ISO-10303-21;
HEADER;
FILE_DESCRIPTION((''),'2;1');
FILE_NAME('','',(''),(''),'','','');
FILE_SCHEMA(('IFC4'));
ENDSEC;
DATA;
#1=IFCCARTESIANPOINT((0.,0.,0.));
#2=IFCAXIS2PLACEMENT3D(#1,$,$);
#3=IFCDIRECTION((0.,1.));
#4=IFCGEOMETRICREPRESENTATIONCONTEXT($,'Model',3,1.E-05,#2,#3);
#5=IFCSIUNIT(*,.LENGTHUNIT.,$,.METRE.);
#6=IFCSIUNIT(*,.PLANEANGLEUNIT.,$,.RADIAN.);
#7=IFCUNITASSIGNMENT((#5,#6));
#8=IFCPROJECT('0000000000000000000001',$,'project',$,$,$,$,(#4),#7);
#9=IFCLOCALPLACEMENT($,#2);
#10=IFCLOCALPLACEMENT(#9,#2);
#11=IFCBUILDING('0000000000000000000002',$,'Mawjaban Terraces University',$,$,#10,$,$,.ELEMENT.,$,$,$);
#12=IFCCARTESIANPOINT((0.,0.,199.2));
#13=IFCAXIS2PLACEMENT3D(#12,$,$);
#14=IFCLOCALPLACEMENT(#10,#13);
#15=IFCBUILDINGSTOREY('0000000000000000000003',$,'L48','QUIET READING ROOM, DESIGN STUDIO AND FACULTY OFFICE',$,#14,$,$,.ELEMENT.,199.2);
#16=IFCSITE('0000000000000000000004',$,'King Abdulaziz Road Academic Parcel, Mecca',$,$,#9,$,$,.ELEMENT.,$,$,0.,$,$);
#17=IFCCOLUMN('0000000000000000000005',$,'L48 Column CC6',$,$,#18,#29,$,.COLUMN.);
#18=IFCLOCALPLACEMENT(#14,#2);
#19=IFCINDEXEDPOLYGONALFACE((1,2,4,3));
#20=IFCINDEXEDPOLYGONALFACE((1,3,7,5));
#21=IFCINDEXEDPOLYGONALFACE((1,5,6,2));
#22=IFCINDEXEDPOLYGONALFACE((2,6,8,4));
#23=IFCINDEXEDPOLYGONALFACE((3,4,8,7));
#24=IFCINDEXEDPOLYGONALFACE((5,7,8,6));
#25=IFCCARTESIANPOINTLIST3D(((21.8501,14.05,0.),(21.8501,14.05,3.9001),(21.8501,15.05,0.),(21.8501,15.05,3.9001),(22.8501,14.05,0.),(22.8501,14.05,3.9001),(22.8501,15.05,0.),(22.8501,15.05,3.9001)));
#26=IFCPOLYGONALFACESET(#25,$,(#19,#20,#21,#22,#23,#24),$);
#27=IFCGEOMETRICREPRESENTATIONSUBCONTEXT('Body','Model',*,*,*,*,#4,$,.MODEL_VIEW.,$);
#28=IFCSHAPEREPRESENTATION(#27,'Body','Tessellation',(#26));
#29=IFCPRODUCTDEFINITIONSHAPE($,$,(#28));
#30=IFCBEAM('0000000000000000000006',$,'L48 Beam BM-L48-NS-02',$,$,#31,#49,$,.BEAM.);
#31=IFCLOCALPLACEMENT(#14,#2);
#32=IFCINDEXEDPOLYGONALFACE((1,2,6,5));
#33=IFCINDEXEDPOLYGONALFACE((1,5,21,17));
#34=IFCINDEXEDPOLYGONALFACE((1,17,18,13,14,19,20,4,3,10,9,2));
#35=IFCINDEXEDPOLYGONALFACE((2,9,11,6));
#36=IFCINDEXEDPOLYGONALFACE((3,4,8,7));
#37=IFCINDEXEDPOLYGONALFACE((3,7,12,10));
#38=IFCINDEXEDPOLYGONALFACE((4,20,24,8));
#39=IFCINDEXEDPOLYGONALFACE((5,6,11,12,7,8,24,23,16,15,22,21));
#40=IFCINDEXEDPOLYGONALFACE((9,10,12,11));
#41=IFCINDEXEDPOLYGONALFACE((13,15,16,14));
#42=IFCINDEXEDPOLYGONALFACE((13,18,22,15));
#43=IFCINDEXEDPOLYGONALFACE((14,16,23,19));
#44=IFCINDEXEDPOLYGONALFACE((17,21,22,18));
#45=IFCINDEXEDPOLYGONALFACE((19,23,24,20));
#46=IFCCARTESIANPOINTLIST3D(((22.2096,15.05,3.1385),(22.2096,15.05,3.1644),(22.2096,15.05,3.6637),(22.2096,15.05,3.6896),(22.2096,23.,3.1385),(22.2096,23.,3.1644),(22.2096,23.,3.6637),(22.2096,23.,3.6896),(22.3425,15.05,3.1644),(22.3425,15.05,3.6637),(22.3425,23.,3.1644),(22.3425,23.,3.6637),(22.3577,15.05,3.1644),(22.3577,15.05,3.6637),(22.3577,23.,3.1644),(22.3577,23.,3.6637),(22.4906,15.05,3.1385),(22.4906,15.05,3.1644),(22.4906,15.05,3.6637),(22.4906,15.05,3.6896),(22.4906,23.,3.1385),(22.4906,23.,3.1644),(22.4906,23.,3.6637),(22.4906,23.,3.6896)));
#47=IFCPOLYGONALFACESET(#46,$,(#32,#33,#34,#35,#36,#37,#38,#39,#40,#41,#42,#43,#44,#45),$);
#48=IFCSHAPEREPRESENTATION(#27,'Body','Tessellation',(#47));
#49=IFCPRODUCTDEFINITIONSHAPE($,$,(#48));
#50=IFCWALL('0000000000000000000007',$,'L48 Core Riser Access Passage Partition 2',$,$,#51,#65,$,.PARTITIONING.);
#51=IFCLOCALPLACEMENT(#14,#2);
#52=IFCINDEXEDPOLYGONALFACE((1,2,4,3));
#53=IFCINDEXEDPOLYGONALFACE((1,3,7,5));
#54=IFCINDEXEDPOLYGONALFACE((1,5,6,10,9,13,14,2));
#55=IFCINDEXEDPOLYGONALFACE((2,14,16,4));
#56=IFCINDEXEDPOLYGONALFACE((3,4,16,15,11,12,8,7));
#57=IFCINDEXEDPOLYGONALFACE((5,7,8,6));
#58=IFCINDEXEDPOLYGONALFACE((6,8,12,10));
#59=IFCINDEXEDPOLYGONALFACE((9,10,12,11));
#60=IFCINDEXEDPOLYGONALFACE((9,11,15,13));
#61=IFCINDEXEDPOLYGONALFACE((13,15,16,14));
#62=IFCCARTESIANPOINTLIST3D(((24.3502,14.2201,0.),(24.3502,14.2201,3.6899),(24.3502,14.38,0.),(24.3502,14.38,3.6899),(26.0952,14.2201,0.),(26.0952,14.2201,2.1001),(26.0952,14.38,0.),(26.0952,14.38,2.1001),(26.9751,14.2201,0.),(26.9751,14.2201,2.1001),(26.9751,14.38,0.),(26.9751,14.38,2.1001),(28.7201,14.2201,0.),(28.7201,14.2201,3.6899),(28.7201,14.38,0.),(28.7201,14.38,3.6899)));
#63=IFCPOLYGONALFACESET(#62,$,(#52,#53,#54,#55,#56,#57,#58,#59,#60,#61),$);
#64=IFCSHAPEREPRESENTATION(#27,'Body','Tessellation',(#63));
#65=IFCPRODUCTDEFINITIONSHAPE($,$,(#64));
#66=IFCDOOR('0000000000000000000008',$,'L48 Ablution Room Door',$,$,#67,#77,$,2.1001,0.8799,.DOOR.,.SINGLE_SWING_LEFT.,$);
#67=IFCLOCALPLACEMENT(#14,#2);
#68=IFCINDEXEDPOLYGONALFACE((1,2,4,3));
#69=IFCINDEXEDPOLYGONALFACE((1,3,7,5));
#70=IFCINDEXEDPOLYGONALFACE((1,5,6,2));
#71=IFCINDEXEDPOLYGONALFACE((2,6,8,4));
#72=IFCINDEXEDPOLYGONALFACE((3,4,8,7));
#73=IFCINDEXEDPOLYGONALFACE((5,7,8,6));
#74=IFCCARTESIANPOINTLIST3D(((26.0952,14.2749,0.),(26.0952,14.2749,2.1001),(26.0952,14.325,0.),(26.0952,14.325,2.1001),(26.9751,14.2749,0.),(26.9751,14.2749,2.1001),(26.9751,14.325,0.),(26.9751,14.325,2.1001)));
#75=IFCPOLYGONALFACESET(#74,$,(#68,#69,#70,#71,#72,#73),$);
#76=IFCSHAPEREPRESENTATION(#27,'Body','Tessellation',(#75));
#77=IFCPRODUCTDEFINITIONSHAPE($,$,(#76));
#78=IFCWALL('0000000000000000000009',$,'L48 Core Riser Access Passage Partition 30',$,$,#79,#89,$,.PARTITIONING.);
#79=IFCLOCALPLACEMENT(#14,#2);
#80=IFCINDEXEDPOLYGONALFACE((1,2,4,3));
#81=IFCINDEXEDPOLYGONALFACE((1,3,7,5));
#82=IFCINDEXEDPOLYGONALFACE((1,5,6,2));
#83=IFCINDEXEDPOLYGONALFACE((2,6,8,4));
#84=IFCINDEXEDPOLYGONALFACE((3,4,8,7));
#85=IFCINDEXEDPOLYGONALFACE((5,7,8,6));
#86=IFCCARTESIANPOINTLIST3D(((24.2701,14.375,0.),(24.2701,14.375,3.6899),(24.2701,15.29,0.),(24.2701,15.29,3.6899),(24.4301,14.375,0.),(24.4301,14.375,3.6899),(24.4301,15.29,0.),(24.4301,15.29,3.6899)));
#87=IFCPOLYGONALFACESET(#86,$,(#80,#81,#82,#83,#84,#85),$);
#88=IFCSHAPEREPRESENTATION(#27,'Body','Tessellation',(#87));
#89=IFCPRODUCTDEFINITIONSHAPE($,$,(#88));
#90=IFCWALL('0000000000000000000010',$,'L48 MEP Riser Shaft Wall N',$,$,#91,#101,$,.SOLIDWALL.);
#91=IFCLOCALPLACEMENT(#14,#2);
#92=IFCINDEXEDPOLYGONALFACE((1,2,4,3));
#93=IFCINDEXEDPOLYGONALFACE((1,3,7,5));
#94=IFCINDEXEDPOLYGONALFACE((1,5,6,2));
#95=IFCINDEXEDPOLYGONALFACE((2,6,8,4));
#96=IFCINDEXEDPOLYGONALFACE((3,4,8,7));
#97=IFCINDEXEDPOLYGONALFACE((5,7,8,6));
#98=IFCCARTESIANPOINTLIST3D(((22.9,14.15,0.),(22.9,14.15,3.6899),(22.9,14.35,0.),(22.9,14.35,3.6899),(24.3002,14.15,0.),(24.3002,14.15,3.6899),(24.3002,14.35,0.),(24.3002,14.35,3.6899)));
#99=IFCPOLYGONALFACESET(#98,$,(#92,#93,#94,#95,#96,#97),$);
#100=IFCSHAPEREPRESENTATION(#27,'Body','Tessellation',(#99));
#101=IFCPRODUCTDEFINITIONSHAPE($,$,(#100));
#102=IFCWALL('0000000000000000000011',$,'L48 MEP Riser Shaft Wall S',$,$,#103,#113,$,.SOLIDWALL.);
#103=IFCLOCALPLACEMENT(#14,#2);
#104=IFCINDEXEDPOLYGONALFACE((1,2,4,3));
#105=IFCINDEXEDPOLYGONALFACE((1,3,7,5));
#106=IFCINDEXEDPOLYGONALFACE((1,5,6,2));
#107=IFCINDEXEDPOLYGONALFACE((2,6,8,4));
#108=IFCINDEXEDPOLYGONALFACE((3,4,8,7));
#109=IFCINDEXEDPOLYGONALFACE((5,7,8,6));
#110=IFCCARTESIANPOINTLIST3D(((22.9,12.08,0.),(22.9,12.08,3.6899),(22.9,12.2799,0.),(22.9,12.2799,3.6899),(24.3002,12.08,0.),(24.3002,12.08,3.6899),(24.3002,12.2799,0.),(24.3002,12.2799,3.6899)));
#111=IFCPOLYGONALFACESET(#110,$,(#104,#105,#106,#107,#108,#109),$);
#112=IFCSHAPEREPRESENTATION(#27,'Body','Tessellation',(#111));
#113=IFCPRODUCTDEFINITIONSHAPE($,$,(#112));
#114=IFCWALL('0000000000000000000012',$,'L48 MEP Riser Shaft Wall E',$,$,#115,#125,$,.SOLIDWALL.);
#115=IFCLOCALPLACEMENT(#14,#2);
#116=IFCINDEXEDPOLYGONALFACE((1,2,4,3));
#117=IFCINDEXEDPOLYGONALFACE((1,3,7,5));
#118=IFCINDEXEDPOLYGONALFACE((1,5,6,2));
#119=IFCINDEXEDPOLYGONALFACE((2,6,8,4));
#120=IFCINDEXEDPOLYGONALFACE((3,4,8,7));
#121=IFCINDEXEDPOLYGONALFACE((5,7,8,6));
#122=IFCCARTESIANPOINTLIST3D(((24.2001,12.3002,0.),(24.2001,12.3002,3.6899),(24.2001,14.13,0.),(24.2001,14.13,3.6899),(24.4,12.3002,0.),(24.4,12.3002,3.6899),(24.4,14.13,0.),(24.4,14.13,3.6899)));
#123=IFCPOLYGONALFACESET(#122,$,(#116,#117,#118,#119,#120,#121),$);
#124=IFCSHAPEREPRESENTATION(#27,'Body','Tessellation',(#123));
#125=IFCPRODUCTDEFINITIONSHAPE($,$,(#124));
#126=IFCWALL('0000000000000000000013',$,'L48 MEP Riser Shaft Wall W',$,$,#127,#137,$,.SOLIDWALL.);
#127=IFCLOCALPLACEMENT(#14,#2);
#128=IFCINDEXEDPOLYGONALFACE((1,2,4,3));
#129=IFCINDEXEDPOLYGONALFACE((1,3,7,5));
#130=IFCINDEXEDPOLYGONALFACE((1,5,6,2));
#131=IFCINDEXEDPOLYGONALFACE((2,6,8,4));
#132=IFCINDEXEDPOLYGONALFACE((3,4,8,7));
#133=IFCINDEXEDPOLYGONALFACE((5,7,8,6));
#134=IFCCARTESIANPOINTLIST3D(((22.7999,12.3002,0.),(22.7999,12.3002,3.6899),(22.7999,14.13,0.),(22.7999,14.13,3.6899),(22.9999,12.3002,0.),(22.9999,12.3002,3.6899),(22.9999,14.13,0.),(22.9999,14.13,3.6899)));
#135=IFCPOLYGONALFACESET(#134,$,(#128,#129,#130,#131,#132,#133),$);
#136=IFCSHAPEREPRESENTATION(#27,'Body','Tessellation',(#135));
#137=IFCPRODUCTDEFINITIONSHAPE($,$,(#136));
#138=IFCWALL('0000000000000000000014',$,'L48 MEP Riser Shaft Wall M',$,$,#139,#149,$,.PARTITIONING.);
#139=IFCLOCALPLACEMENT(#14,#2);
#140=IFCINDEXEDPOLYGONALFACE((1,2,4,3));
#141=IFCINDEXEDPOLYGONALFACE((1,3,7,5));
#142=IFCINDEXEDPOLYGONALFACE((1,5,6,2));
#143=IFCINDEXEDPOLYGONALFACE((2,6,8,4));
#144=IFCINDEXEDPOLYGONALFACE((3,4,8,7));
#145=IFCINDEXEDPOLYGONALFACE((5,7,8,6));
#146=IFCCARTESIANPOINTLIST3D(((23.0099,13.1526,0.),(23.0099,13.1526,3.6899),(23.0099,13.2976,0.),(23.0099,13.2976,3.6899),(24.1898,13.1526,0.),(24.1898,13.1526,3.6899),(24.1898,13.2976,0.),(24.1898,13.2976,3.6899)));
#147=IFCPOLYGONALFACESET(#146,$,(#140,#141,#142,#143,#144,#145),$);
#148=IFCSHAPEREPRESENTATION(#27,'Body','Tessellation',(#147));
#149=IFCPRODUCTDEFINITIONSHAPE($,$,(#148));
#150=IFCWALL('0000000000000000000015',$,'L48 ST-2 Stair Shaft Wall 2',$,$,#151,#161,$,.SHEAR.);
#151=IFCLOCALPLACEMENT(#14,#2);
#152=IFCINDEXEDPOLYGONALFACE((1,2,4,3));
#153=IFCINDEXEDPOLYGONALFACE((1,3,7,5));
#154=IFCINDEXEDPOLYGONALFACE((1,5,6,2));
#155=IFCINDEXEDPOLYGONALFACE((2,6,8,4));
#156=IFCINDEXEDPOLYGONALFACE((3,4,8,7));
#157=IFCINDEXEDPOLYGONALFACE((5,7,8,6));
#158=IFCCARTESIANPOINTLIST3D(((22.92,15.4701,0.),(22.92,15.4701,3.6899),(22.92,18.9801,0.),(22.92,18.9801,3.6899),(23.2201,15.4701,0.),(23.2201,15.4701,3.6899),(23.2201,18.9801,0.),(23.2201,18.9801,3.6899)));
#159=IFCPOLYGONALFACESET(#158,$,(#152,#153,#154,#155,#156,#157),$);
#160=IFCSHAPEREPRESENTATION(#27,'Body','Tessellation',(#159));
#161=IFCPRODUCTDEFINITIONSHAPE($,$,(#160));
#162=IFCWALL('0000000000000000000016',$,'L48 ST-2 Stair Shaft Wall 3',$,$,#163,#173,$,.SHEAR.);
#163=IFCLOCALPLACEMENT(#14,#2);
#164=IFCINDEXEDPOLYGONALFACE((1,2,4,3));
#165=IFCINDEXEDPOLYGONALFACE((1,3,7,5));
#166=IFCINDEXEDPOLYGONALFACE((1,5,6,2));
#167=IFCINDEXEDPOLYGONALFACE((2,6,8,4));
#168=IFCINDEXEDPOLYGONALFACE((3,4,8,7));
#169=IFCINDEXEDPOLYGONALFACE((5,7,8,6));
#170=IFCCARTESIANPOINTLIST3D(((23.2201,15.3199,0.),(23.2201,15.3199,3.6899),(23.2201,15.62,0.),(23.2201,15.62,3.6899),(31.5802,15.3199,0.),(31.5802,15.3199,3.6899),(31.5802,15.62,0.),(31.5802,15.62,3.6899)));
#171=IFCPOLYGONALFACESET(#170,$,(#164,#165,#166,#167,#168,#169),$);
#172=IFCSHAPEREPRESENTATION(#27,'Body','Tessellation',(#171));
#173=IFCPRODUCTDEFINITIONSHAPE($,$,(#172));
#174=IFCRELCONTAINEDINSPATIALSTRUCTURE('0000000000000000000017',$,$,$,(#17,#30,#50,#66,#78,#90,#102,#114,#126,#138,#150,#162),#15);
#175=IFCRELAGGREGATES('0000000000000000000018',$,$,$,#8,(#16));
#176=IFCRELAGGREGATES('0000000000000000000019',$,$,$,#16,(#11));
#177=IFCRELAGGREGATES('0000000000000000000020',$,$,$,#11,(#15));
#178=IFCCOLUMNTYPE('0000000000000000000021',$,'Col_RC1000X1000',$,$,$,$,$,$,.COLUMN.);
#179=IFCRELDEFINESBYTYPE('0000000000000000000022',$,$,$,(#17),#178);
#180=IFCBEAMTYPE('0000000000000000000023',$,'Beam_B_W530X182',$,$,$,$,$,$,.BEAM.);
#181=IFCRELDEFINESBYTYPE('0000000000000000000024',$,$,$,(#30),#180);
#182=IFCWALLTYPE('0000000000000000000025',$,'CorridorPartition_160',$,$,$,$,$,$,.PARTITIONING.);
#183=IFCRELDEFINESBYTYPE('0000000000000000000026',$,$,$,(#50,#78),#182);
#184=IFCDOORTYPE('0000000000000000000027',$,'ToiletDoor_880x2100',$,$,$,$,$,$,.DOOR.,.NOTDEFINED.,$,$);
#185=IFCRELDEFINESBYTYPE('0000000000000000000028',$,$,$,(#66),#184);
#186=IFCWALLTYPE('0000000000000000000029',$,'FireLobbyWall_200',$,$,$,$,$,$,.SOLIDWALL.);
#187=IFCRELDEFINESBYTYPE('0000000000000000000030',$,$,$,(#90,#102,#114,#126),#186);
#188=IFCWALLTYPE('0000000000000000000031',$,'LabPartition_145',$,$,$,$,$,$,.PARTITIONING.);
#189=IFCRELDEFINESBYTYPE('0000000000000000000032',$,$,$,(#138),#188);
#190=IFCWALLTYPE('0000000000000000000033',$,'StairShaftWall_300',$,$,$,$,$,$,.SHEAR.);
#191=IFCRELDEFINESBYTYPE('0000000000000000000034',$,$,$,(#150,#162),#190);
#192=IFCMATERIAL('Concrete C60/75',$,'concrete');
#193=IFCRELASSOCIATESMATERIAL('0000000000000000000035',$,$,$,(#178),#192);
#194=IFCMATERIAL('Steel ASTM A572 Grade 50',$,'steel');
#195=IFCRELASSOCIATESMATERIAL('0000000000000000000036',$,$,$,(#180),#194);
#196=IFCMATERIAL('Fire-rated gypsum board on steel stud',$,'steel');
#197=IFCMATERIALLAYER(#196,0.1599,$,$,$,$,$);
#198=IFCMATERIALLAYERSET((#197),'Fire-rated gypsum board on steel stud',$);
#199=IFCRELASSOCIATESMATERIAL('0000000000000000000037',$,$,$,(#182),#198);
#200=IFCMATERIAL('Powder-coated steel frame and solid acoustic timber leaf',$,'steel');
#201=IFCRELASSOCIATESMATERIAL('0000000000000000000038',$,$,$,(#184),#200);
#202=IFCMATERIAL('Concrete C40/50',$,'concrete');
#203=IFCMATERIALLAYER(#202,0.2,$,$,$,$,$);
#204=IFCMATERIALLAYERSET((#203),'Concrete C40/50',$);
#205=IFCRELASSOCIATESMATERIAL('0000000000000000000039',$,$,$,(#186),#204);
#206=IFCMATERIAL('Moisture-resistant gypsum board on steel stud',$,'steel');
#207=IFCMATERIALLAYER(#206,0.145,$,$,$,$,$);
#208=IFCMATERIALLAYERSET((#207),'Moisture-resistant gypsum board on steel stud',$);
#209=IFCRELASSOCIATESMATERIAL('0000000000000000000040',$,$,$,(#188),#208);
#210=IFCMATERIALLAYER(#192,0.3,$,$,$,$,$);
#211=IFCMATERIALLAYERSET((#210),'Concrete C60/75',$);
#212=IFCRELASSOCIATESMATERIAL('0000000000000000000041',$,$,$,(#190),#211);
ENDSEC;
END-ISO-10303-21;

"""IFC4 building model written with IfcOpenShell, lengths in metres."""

from ifc_helpers import new_model, si_unit, direction, frame, frame_2d, origin, origin_2d, place, context, subcontext, project, spatial, rectangle, i_section, extrude, material, layer, layer_set, material_profile, profile_set, type_object, element, fill, save


model = new_model("IFC4")

# Units and contexts
model_context = context("Model", 3, precision=1e-05, world=origin(), true_north=direction((0.0, 1.0)))
body_context = subcontext(model_context, "Body", "Model", "MODEL_VIEW")
ifc_project = project(units=[si_unit("LENGTHUNIT", "METRE"), si_unit("PLANEANGLEUNIT", "RADIAN")], contexts=[model_context])

# Site, building, storey
site_placement = place(None, origin())
site = spatial("IfcSite", under=ifc_project, at=site_placement, Name="King Abdulaziz Road Academic Parcel, Mecca", CompositionType="ELEMENT", RefElevation=0.0)
building_placement = place(site_placement, origin())
building = spatial("IfcBuilding", under=site, at=building_placement, Name="Mawjaban Terraces University", CompositionType="ELEMENT")
storey_placement = place(building_placement, frame((0.0, 0.0, 199.2)))
storey = spatial("IfcBuildingStorey", under=building, at=storey_placement, Name="L48", Description="QUIET READING ROOM, DESIGN STUDIO AND FACULTY OFFICE", CompositionType="ELEMENT", Elevation=199.2)

# Column
ifc_material_1 = material(Name="Concrete C60/75", Category="concrete")
ifc_material_profile_1 = material_profile(ifc_material_1, rectangle(XDim=1.0, YDim=1.0, at=origin_2d()), Name="RC1000X1000")
ifc_profile_set_1 = profile_set([ifc_material_profile_1], Name="Concrete C60/75")
column_type = type_object("IfcColumnType", Name="Col_RC1000X1000", PredefinedType="COLUMN", material=ifc_profile_set_1)
column_placement = place(storey_placement, frame((22.3501, 14.55, 0.0), z_axis=(0.0, 0.0, 1.0), x_axis=(1.0, 0.0, 0.0)))
element("IfcColumn", 1, at=column_placement, inside=storey, type_object=column_type, Name="L48 Column CC6", PredefinedType="COLUMN", context=body_context, shape_type="SweptSolid", body=[
    extrude(rectangle(XDim=1.0, YDim=1.0, at=origin_2d()), origin(), (0.0, 0.0, 1.0), 3.9001),
])

# Beam
ifc_material_2 = material(Name="Steel ASTM A572 Grade 50", Category="steel")
ifc_material_profile_2 = material_profile(ifc_material_2, i_section(OverallWidth=0.281, OverallDepth=0.551, WebThickness=0.0151, FlangeThickness=0.0259, at=origin_2d()), Name="W530X182")
ifc_profile_set_2 = profile_set([ifc_material_profile_2], Name="Steel ASTM A572 Grade 50")
beam_type = type_object("IfcBeamType", Name="Beam_B_W530X182", PredefinedType="BEAM", material=ifc_profile_set_2)
beam_placement = place(storey_placement, frame((22.3501, 15.05, 3.4141), z_axis=(0.0, 1.0, 0.0), x_axis=(-1.0, 0.0, 0.0)))
element("IfcBeam", 2, at=beam_placement, inside=storey, type_object=beam_type, Name="L48 Beam BM-L48-NS-02", PredefinedType="BEAM", context=body_context, shape_type="SweptSolid", body=[
    extrude(i_section(OverallWidth=0.281, OverallDepth=0.551, WebThickness=0.0151, FlangeThickness=0.0259, at=origin_2d()), origin(), (0.0, 0.0, 1.0), 7.95),
])

# Wall, opening, door
ifc_material_3 = material(Name="Fire-rated gypsum board on steel stud", Category="steel")
ifc_layer_1 = layer(ifc_material_3, 0.1599)
ifc_layer_set_1 = layer_set([ifc_layer_1], Name="Fire-rated gypsum board on steel stud")
wall_type_1 = type_object("IfcWallType", Name="CorridorPartition_160", PredefinedType="PARTITIONING", material=ifc_layer_set_1)
wall_1_placement = place(storey_placement, frame((24.3501, 14.3, 0.0), z_axis=(0.0, 0.0, 1.0), x_axis=(1.0, 0.0, 0.0)))
wall_1 = element("IfcWall", 3, at=wall_1_placement, inside=storey, type_object=wall_type_1, Name="L48 Core Riser Access Passage Partition 2", PredefinedType="PARTITIONING", context=body_context, shape_type="SweptSolid", body=[
    extrude(rectangle(XDim=4.3699, YDim=0.1599, at=frame_2d((2.1851, 0.0))), origin(), (0.0, 0.0, 1.0), 3.6899),
])
opening_placement = place(wall_1_placement, frame((1.7451, 0.0, 0.0)))
opening = element("IfcOpeningElement", 4, at=opening_placement, cuts=wall_1, PredefinedType="OPENING", context=body_context, shape_type="SweptSolid", body=[
    extrude(rectangle(XDim=0.8799, YDim=2.1001, at=frame_2d((0.4399, 1.05))), frame((0.0, 0.0898, 0.0), z_axis=(0.0, -1.0, 0.0), x_axis=(1.0, 0.0, 0.0)), (0.0, 0.0, 1.0), 0.1799),
])
ifc_material_4 = material(Name="Powder-coated steel frame and solid acoustic timber leaf", Category="steel")
door_type = type_object("IfcDoorType", Name="ToiletDoor_880x2100", OperationType="NOTDEFINED", PredefinedType="DOOR", material=ifc_material_4)
door_placement = place(opening_placement, origin())
door = element("IfcDoor", 5, at=door_placement, inside=storey, type_object=door_type, Name="L48 Ablution Room Door", OperationType="SINGLE_SWING_LEFT", OverallHeight=2.1001, OverallWidth=0.8799, PredefinedType="DOOR", context=body_context, shape_type="SweptSolid", body=[
    extrude(rectangle(XDim=0.8799, YDim=2.1001, at=frame_2d((0.4399, 1.05))), frame((0.0, 0.0249, 0.0), z_axis=(0.0, -1.0, 0.0), x_axis=(1.0, 0.0, 0.0)), (0.0, 0.0, 1.0), 0.05),
])
fill(opening, door)

# Walls
wall_2_placement = place(storey_placement, frame((24.3501, 15.29, 0.0), z_axis=(0.0, 0.0, 1.0), x_axis=(0.0, -1.0, 0.0)))
element("IfcWall", 6, at=wall_2_placement, inside=storey, type_object=wall_type_1, Name="L48 Core Riser Access Passage Partition 30", PredefinedType="PARTITIONING", context=body_context, shape_type="SweptSolid", body=[
    extrude(rectangle(XDim=0.915, YDim=0.1599, at=frame_2d((0.4575, 0.0))), origin(), (0.0, 0.0, 1.0), 3.6899),
])
ifc_material_5 = material(Name="Concrete C40/50", Category="concrete")
ifc_layer_2 = layer(ifc_material_5, 0.2)
ifc_layer_set_2 = layer_set([ifc_layer_2], Name="Concrete C40/50")
wall_type_2 = type_object("IfcWallType", Name="FireLobbyWall_200", PredefinedType="SOLIDWALL", material=ifc_layer_set_2)
for number, where, z_axis, x_axis, name in (
    (7, (22.8999, 14.25, 0.0), (0.0, 0.0, 1.0), (1.0, 0.0, 0.0), "L48 MEP Riser Shaft Wall N"),
    (8, (22.8999, 12.1799, 0.0), (0.0, 0.0, 1.0), (1.0, 0.0, 0.0), "L48 MEP Riser Shaft Wall S"),
):
    element("IfcWall", number, at=place(storey_placement, frame(where, z_axis=z_axis, x_axis=x_axis)), inside=storey, type_object=wall_type_2, Name=name, PredefinedType="SOLIDWALL", context=body_context, shape_type="SweptSolid", body=[
        extrude(rectangle(XDim=1.4001, YDim=0.2, at=frame_2d((0.7002, 0.0))), origin(), (0.0, 0.0, 1.0), 3.6899),
    ])
for number, where, z_axis, x_axis, name in (
    (9, (24.3, 12.3, 0.0), (0.0, 0.0, 1.0), (0.0, 1.0, 0.0), "L48 MEP Riser Shaft Wall E"),
    (10, (22.8999, 12.3, 0.0), (0.0, 0.0, 1.0), (0.0, 1.0, 0.0), "L48 MEP Riser Shaft Wall W"),
):
    element("IfcWall", number, at=place(storey_placement, frame(where, z_axis=z_axis, x_axis=x_axis)), inside=storey, type_object=wall_type_2, Name=name, PredefinedType="SOLIDWALL", context=body_context, shape_type="SweptSolid", body=[
        extrude(rectangle(XDim=1.8298, YDim=0.2, at=frame_2d((0.915, 0.0))), origin(), (0.0, 0.0, 1.0), 3.6899),
    ])
ifc_material_6 = material(Name="Moisture-resistant gypsum board on steel stud", Category="steel")
ifc_layer_3 = layer(ifc_material_6, 0.145)
ifc_layer_set_3 = layer_set([ifc_layer_3], Name="Moisture-resistant gypsum board on steel stud")
wall_type_3 = type_object("IfcWallType", Name="LabPartition_145", PredefinedType="PARTITIONING", material=ifc_layer_set_3)
wall_3_placement = place(storey_placement, frame((23.01, 13.2251, 0.0), z_axis=(0.0, 0.0, 1.0), x_axis=(1.0, 0.0, 0.0)))
element("IfcWall", 11, at=wall_3_placement, inside=storey, type_object=wall_type_3, Name="L48 MEP Riser Shaft Wall M", PredefinedType="PARTITIONING", context=body_context, shape_type="SweptSolid", body=[
    extrude(rectangle(XDim=1.1799, YDim=0.145, at=frame_2d((0.5898, 0.0))), origin(), (0.0, 0.0, 1.0), 3.6899),
])
ifc_layer_4 = layer(ifc_material_1, 0.3)
ifc_layer_set_4 = layer_set([ifc_layer_4], Name="Concrete C60/75")
wall_type_4 = type_object("IfcWallType", Name="StairShaftWall_300", PredefinedType="SHEAR", material=ifc_layer_set_4)
wall_4_placement = place(storey_placement, frame((23.0701, 18.98, 0.0), z_axis=(0.0, 0.0, 1.0), x_axis=(0.0, -1.0, 0.0)))
element("IfcWall", 12, at=wall_4_placement, inside=storey, type_object=wall_type_4, Name="L48 ST-2 Stair Shaft Wall 2", PredefinedType="SHEAR", context=body_context, shape_type="SweptSolid", body=[
    extrude(rectangle(XDim=3.51, YDim=0.3, at=frame_2d((1.7549, 0.0))), origin(), (0.0, 0.0, 1.0), 3.6899),
])
wall_5_placement = place(storey_placement, frame((23.22, 15.47, 0.0), z_axis=(0.0, 0.0, 1.0), x_axis=(1.0, 0.0, 0.0)))
element("IfcWall", 13, at=wall_5_placement, inside=storey, type_object=wall_type_4, Name="L48 ST-2 Stair Shaft Wall 3", PredefinedType="SHEAR", context=body_context, shape_type="SweptSolid", body=[
    extrude(rectangle(XDim=8.3601, YDim=0.3, at=frame_2d((4.1802, 0.0))), origin(), (0.0, 0.0, 1.0), 3.6899),
])

save(model, "model.ifc")
